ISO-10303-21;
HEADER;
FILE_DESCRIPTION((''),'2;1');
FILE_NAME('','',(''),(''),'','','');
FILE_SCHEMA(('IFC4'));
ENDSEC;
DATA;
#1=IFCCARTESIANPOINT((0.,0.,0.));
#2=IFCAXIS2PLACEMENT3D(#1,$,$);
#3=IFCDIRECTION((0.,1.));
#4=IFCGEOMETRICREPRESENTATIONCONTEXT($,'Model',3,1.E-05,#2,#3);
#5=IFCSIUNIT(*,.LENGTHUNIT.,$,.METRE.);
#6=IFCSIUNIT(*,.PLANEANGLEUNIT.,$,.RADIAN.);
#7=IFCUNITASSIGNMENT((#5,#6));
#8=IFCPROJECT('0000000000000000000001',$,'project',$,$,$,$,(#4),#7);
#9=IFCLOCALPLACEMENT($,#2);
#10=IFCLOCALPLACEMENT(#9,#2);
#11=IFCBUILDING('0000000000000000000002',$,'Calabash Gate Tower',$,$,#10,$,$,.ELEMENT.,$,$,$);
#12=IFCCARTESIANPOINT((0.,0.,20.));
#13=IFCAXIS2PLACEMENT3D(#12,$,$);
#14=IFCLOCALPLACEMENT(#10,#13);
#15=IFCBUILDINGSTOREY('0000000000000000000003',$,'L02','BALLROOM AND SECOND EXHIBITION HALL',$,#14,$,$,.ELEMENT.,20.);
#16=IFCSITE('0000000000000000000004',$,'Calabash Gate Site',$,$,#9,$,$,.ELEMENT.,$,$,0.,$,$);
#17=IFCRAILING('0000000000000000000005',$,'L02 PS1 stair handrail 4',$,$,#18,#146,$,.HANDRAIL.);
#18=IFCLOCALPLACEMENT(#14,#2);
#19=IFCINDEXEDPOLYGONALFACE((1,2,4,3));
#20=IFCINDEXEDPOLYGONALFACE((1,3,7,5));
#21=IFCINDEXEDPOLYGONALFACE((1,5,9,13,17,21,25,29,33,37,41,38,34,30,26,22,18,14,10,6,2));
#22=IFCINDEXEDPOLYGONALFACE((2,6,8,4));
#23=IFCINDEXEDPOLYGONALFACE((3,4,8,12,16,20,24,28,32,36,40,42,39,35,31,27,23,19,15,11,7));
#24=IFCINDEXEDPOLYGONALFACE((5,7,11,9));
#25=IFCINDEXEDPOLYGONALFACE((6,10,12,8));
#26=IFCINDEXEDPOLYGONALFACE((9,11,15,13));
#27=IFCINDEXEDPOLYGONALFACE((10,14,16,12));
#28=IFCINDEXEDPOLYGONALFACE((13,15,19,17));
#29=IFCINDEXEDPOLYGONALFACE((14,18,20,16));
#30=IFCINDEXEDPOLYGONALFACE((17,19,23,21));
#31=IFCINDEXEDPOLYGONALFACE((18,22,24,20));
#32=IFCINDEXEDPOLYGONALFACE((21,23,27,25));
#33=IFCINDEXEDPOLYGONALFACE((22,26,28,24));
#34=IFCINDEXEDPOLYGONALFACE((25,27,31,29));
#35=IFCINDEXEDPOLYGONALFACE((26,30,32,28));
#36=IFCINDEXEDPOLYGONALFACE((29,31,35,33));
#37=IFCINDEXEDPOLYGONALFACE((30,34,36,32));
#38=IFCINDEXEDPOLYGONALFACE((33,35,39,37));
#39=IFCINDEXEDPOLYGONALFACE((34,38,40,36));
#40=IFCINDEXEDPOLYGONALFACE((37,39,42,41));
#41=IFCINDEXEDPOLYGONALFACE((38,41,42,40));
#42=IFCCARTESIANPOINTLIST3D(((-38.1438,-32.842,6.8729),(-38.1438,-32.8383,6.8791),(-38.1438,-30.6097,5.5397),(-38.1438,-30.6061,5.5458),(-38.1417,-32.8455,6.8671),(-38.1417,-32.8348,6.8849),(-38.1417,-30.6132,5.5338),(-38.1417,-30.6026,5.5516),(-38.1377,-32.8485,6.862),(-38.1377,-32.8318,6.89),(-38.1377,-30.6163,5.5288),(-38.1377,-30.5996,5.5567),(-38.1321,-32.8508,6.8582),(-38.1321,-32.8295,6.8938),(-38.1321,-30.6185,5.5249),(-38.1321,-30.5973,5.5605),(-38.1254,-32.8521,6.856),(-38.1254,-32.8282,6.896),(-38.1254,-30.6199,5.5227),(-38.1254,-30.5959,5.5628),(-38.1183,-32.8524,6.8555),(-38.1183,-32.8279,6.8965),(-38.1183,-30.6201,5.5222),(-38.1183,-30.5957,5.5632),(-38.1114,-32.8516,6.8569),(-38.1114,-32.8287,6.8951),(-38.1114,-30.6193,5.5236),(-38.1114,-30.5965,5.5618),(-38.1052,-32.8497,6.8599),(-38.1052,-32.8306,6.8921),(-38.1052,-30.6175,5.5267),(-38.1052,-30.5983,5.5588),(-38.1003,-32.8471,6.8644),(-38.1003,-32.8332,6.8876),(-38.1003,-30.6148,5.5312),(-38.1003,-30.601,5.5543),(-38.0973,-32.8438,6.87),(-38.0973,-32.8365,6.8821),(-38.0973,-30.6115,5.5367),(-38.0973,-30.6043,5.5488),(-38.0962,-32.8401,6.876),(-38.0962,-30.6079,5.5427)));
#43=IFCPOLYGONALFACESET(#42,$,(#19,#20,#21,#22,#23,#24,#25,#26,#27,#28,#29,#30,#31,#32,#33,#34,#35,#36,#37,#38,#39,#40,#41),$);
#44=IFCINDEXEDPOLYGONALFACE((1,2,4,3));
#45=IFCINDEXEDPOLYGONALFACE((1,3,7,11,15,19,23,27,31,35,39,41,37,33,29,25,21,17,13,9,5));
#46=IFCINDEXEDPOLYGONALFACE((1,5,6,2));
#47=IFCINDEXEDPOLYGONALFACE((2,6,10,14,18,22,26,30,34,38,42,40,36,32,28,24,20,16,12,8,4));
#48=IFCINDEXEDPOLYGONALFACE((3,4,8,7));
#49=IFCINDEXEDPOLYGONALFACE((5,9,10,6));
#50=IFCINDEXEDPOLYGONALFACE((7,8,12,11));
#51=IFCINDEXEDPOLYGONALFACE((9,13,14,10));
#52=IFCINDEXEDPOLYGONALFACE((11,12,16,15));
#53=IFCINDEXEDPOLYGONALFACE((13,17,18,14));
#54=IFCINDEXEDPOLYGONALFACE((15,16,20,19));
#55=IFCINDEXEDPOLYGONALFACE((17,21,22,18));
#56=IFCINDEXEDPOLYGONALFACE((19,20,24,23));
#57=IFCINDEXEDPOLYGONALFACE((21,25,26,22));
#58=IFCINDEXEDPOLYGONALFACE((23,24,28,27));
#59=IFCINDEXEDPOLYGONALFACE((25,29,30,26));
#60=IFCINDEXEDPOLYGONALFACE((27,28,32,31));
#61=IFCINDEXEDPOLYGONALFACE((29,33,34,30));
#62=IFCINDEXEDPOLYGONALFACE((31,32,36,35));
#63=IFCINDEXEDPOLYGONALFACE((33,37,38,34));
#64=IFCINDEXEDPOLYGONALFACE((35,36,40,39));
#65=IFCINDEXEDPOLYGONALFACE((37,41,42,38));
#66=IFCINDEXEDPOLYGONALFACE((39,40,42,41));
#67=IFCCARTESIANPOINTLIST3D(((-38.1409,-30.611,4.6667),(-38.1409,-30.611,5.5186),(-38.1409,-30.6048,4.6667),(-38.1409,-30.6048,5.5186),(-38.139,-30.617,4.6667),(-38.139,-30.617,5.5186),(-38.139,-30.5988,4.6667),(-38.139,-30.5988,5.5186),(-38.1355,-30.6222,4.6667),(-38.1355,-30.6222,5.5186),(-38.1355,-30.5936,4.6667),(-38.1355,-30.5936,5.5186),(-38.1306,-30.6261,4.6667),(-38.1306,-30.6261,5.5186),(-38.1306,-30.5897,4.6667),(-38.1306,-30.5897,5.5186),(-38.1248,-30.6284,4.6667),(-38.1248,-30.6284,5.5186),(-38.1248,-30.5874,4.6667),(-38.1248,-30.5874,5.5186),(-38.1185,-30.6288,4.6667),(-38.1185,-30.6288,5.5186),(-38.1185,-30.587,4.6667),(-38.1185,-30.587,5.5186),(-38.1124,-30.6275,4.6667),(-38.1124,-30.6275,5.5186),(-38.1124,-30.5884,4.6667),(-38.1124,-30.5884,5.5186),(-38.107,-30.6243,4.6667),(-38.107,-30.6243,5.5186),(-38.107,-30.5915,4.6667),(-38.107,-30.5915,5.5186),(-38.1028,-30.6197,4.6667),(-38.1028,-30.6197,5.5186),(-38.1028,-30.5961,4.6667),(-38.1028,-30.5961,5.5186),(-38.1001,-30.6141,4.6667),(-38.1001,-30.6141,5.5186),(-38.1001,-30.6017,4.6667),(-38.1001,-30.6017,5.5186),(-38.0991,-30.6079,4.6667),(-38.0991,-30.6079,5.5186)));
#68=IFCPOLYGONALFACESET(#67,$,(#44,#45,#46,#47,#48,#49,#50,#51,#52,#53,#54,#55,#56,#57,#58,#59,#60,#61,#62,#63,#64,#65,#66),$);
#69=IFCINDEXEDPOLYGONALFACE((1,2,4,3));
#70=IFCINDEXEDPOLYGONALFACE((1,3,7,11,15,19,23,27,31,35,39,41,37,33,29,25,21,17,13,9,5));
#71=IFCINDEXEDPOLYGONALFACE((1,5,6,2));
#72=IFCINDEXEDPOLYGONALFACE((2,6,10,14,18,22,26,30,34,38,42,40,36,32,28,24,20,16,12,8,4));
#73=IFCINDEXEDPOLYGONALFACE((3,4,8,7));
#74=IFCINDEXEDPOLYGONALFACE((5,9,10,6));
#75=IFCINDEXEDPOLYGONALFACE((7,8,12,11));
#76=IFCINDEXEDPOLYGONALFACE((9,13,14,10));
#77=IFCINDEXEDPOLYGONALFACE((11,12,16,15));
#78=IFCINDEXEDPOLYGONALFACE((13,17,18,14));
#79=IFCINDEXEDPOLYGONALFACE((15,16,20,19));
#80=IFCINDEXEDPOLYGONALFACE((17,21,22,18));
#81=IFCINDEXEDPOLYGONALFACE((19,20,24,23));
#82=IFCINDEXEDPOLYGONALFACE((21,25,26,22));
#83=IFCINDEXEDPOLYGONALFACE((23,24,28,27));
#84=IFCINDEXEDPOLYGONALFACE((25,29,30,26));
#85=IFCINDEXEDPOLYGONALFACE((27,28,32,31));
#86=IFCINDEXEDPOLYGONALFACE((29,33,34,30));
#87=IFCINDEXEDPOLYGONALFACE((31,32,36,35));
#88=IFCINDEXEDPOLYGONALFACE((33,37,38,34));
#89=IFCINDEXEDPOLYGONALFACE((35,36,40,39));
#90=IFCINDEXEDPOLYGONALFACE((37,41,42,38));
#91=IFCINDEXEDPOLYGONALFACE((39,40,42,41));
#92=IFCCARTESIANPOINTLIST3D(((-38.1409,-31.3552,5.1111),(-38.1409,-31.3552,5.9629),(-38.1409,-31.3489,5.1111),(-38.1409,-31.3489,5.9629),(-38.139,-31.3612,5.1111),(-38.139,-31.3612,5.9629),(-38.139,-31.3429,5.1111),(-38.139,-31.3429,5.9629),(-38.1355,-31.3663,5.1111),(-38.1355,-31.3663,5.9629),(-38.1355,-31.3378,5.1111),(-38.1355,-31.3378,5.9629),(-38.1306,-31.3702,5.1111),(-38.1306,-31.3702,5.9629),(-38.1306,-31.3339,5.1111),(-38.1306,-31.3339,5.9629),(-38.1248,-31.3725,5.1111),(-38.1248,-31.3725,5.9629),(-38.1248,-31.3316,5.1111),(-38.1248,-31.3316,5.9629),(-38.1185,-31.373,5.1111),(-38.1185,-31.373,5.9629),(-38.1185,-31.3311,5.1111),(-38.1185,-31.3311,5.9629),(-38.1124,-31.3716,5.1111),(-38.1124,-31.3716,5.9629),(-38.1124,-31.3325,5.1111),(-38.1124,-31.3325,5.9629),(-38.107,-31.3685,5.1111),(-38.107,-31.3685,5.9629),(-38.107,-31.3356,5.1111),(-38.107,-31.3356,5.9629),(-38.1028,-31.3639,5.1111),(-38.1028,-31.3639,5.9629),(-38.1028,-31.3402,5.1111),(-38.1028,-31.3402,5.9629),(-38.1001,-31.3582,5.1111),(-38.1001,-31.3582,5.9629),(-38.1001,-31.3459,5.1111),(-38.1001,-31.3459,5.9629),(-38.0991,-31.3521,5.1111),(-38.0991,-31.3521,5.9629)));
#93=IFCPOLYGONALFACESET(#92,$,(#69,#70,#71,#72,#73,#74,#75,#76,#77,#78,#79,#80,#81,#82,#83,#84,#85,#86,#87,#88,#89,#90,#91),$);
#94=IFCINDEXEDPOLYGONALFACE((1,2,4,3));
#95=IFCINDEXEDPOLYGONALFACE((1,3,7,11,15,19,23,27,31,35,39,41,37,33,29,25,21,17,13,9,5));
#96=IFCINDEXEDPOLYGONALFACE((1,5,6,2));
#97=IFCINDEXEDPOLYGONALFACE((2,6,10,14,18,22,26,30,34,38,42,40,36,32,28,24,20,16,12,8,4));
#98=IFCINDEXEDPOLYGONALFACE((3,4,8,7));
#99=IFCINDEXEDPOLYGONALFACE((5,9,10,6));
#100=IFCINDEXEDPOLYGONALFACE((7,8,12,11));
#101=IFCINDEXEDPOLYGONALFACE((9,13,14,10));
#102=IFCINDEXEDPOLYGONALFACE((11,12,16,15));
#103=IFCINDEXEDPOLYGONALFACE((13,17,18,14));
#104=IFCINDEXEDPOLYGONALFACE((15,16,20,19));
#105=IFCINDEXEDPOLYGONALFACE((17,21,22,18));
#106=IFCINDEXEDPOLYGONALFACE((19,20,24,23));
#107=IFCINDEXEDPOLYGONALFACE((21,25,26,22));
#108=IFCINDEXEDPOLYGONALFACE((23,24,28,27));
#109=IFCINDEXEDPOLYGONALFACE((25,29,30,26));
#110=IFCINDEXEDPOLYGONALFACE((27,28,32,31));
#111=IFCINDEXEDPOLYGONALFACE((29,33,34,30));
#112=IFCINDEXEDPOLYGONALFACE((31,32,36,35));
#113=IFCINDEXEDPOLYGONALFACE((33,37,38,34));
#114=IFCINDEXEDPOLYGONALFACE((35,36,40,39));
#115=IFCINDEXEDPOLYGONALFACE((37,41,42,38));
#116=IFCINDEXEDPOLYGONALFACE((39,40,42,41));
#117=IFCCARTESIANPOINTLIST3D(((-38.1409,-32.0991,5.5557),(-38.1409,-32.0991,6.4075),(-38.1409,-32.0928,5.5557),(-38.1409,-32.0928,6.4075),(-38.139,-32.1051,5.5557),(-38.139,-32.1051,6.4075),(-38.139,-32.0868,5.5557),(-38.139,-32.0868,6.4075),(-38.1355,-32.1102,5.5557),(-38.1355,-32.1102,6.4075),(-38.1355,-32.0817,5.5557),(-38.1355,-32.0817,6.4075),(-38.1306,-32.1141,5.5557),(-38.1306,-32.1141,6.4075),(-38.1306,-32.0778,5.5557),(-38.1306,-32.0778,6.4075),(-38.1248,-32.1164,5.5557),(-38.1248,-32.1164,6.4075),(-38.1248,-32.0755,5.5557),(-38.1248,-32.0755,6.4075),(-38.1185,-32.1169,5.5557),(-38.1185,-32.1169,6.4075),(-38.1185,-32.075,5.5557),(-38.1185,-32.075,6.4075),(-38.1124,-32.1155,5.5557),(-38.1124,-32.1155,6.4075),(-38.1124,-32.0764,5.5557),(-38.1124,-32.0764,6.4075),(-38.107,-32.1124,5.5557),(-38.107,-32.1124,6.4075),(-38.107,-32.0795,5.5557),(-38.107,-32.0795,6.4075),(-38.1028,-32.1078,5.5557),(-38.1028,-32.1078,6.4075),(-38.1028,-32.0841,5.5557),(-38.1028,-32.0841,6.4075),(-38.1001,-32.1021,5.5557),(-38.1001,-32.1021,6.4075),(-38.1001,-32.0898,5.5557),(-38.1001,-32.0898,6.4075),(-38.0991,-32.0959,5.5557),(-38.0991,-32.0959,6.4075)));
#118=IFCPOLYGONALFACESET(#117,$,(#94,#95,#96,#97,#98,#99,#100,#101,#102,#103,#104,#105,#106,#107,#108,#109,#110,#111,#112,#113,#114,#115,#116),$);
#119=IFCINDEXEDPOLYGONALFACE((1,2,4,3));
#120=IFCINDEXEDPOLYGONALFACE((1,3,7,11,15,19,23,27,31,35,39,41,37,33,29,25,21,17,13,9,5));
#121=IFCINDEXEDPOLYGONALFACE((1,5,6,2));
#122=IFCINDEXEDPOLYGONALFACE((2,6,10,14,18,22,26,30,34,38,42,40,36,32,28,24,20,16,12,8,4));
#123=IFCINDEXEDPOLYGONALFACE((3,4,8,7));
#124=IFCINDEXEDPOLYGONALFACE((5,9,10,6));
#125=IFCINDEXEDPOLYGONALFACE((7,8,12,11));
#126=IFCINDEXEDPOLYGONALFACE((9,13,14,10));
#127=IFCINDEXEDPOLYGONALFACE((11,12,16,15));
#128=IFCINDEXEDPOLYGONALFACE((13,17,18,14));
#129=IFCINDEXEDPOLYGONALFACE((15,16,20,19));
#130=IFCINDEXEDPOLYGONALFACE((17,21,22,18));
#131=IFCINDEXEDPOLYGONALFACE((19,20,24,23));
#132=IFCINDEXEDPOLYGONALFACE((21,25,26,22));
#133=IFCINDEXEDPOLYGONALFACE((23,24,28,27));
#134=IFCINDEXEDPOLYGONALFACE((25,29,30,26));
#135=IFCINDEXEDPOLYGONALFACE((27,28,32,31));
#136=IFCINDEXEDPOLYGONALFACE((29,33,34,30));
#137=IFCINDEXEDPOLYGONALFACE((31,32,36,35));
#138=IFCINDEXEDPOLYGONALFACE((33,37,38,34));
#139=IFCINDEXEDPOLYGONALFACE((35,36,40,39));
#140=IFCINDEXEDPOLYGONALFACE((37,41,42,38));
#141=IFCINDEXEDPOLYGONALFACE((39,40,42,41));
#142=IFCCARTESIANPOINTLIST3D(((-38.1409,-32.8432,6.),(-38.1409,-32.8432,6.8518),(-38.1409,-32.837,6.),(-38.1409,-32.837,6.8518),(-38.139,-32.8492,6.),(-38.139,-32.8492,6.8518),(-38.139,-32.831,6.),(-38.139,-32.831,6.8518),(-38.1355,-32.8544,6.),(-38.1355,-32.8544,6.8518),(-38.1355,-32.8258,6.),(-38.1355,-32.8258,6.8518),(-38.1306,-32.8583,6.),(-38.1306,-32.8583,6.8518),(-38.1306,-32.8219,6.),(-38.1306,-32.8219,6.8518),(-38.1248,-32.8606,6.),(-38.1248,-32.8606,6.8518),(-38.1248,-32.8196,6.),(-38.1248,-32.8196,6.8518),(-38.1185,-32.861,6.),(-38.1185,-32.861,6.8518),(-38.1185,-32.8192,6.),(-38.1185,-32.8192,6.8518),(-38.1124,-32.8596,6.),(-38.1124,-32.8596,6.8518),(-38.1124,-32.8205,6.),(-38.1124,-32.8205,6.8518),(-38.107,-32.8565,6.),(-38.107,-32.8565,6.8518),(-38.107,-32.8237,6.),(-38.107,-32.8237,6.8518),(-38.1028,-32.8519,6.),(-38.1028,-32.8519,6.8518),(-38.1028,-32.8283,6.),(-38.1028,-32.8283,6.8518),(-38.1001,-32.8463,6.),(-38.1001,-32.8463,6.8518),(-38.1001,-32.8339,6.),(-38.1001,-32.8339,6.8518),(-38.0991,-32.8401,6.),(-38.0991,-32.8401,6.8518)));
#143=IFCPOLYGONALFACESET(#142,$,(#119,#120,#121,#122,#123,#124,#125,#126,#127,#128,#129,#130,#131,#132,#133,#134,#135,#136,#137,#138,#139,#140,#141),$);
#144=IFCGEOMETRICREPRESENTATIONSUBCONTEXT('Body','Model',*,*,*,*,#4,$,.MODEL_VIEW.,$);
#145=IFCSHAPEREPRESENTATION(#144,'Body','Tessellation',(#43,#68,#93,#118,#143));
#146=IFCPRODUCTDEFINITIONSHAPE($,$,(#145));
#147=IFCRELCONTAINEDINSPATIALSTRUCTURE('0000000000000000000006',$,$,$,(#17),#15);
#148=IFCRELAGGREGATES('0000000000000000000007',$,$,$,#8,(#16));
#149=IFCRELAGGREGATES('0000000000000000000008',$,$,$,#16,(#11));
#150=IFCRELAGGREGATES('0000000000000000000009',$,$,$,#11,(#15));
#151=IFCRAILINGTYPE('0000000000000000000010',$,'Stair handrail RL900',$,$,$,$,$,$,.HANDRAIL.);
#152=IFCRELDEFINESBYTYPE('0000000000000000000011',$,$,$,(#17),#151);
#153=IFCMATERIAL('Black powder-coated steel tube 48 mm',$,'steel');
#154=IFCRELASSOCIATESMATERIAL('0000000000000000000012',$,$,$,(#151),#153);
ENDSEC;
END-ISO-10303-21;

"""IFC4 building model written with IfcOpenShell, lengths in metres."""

from ifc_helpers import new_model, si_unit, direction, frame, origin, origin_2d, place, context, subcontext, project, spatial, circle, extrude, material, type_object, element, save


model = new_model("IFC4")

# Units and contexts
model_context = context("Model", 3, precision=1e-05, world=origin(), true_north=direction((0.0, 1.0)))
body_context = subcontext(model_context, "Body", "Model", "MODEL_VIEW")
ifc_project = project(units=[si_unit("LENGTHUNIT", "METRE"), si_unit("PLANEANGLEUNIT", "RADIAN")], contexts=[model_context])

# Site, building, storey
site_placement = place(None, origin())
site = spatial("IfcSite", under=ifc_project, at=site_placement, Name="Calabash Gate Site", CompositionType="ELEMENT", RefElevation=0.0)
building_placement = place(site_placement, origin())
building = spatial("IfcBuilding", under=site, at=building_placement, Name="Calabash Gate Tower", CompositionType="ELEMENT")
storey_placement = place(building_placement, frame((0.0, 0.0, 20.0)))
storey = spatial("IfcBuildingStorey", under=building, at=storey_placement, Name="L02", Description="BALLROOM AND SECOND EXHIBITION HALL", CompositionType="ELEMENT", Elevation=20.0)

# Railing
ifc_material_1 = material(Name="Black powder-coated steel tube 48 mm", Category="steel")
railing_type_1 = type_object("IfcRailingType", Name="Stair handrail RL900", PredefinedType="HANDRAIL", material=ifc_material_1)
for number, where, name in (
    (1, (-38.1201, -30.6079, 4.6667), "L02 PS1 stair handrail 4"),
):
    element("IfcRailing", number, at=place(storey_placement, frame(where)), inside=storey, type_object=railing_type_1, Name=name, PredefinedType="HANDRAIL", context=body_context, shape_type="SweptSolid", body=[
        extrude(circle(Radius=0.0239, at=origin_2d()), frame((0.0, 0.0, 0.876), z_axis=(0.0, -0.858519, 0.512782), x_axis=(1.0, 0.0, 0.0)), (0.0, 0.0, 1.0), 2.6001),
        extrude(circle(Radius=0.021, at=origin_2d()), origin(), (0.0, 0.0, 1.0), 0.8518),
        extrude(circle(Radius=0.021, at=origin_2d()), frame((0.0, -0.7441, 0.4443)), (0.0, 0.0, 1.0), 0.8518),
        extrude(circle(Radius=0.021, at=origin_2d()), frame((0.0, -1.488, 0.8889)), (0.0, 0.0, 1.0), 0.8518),
        extrude(circle(Radius=0.021, at=origin_2d()), frame((0.0, -2.2322, 1.3333)), (0.0, 0.0, 1.0), 0.8518),
    ])

save(model, "model.ifc")
